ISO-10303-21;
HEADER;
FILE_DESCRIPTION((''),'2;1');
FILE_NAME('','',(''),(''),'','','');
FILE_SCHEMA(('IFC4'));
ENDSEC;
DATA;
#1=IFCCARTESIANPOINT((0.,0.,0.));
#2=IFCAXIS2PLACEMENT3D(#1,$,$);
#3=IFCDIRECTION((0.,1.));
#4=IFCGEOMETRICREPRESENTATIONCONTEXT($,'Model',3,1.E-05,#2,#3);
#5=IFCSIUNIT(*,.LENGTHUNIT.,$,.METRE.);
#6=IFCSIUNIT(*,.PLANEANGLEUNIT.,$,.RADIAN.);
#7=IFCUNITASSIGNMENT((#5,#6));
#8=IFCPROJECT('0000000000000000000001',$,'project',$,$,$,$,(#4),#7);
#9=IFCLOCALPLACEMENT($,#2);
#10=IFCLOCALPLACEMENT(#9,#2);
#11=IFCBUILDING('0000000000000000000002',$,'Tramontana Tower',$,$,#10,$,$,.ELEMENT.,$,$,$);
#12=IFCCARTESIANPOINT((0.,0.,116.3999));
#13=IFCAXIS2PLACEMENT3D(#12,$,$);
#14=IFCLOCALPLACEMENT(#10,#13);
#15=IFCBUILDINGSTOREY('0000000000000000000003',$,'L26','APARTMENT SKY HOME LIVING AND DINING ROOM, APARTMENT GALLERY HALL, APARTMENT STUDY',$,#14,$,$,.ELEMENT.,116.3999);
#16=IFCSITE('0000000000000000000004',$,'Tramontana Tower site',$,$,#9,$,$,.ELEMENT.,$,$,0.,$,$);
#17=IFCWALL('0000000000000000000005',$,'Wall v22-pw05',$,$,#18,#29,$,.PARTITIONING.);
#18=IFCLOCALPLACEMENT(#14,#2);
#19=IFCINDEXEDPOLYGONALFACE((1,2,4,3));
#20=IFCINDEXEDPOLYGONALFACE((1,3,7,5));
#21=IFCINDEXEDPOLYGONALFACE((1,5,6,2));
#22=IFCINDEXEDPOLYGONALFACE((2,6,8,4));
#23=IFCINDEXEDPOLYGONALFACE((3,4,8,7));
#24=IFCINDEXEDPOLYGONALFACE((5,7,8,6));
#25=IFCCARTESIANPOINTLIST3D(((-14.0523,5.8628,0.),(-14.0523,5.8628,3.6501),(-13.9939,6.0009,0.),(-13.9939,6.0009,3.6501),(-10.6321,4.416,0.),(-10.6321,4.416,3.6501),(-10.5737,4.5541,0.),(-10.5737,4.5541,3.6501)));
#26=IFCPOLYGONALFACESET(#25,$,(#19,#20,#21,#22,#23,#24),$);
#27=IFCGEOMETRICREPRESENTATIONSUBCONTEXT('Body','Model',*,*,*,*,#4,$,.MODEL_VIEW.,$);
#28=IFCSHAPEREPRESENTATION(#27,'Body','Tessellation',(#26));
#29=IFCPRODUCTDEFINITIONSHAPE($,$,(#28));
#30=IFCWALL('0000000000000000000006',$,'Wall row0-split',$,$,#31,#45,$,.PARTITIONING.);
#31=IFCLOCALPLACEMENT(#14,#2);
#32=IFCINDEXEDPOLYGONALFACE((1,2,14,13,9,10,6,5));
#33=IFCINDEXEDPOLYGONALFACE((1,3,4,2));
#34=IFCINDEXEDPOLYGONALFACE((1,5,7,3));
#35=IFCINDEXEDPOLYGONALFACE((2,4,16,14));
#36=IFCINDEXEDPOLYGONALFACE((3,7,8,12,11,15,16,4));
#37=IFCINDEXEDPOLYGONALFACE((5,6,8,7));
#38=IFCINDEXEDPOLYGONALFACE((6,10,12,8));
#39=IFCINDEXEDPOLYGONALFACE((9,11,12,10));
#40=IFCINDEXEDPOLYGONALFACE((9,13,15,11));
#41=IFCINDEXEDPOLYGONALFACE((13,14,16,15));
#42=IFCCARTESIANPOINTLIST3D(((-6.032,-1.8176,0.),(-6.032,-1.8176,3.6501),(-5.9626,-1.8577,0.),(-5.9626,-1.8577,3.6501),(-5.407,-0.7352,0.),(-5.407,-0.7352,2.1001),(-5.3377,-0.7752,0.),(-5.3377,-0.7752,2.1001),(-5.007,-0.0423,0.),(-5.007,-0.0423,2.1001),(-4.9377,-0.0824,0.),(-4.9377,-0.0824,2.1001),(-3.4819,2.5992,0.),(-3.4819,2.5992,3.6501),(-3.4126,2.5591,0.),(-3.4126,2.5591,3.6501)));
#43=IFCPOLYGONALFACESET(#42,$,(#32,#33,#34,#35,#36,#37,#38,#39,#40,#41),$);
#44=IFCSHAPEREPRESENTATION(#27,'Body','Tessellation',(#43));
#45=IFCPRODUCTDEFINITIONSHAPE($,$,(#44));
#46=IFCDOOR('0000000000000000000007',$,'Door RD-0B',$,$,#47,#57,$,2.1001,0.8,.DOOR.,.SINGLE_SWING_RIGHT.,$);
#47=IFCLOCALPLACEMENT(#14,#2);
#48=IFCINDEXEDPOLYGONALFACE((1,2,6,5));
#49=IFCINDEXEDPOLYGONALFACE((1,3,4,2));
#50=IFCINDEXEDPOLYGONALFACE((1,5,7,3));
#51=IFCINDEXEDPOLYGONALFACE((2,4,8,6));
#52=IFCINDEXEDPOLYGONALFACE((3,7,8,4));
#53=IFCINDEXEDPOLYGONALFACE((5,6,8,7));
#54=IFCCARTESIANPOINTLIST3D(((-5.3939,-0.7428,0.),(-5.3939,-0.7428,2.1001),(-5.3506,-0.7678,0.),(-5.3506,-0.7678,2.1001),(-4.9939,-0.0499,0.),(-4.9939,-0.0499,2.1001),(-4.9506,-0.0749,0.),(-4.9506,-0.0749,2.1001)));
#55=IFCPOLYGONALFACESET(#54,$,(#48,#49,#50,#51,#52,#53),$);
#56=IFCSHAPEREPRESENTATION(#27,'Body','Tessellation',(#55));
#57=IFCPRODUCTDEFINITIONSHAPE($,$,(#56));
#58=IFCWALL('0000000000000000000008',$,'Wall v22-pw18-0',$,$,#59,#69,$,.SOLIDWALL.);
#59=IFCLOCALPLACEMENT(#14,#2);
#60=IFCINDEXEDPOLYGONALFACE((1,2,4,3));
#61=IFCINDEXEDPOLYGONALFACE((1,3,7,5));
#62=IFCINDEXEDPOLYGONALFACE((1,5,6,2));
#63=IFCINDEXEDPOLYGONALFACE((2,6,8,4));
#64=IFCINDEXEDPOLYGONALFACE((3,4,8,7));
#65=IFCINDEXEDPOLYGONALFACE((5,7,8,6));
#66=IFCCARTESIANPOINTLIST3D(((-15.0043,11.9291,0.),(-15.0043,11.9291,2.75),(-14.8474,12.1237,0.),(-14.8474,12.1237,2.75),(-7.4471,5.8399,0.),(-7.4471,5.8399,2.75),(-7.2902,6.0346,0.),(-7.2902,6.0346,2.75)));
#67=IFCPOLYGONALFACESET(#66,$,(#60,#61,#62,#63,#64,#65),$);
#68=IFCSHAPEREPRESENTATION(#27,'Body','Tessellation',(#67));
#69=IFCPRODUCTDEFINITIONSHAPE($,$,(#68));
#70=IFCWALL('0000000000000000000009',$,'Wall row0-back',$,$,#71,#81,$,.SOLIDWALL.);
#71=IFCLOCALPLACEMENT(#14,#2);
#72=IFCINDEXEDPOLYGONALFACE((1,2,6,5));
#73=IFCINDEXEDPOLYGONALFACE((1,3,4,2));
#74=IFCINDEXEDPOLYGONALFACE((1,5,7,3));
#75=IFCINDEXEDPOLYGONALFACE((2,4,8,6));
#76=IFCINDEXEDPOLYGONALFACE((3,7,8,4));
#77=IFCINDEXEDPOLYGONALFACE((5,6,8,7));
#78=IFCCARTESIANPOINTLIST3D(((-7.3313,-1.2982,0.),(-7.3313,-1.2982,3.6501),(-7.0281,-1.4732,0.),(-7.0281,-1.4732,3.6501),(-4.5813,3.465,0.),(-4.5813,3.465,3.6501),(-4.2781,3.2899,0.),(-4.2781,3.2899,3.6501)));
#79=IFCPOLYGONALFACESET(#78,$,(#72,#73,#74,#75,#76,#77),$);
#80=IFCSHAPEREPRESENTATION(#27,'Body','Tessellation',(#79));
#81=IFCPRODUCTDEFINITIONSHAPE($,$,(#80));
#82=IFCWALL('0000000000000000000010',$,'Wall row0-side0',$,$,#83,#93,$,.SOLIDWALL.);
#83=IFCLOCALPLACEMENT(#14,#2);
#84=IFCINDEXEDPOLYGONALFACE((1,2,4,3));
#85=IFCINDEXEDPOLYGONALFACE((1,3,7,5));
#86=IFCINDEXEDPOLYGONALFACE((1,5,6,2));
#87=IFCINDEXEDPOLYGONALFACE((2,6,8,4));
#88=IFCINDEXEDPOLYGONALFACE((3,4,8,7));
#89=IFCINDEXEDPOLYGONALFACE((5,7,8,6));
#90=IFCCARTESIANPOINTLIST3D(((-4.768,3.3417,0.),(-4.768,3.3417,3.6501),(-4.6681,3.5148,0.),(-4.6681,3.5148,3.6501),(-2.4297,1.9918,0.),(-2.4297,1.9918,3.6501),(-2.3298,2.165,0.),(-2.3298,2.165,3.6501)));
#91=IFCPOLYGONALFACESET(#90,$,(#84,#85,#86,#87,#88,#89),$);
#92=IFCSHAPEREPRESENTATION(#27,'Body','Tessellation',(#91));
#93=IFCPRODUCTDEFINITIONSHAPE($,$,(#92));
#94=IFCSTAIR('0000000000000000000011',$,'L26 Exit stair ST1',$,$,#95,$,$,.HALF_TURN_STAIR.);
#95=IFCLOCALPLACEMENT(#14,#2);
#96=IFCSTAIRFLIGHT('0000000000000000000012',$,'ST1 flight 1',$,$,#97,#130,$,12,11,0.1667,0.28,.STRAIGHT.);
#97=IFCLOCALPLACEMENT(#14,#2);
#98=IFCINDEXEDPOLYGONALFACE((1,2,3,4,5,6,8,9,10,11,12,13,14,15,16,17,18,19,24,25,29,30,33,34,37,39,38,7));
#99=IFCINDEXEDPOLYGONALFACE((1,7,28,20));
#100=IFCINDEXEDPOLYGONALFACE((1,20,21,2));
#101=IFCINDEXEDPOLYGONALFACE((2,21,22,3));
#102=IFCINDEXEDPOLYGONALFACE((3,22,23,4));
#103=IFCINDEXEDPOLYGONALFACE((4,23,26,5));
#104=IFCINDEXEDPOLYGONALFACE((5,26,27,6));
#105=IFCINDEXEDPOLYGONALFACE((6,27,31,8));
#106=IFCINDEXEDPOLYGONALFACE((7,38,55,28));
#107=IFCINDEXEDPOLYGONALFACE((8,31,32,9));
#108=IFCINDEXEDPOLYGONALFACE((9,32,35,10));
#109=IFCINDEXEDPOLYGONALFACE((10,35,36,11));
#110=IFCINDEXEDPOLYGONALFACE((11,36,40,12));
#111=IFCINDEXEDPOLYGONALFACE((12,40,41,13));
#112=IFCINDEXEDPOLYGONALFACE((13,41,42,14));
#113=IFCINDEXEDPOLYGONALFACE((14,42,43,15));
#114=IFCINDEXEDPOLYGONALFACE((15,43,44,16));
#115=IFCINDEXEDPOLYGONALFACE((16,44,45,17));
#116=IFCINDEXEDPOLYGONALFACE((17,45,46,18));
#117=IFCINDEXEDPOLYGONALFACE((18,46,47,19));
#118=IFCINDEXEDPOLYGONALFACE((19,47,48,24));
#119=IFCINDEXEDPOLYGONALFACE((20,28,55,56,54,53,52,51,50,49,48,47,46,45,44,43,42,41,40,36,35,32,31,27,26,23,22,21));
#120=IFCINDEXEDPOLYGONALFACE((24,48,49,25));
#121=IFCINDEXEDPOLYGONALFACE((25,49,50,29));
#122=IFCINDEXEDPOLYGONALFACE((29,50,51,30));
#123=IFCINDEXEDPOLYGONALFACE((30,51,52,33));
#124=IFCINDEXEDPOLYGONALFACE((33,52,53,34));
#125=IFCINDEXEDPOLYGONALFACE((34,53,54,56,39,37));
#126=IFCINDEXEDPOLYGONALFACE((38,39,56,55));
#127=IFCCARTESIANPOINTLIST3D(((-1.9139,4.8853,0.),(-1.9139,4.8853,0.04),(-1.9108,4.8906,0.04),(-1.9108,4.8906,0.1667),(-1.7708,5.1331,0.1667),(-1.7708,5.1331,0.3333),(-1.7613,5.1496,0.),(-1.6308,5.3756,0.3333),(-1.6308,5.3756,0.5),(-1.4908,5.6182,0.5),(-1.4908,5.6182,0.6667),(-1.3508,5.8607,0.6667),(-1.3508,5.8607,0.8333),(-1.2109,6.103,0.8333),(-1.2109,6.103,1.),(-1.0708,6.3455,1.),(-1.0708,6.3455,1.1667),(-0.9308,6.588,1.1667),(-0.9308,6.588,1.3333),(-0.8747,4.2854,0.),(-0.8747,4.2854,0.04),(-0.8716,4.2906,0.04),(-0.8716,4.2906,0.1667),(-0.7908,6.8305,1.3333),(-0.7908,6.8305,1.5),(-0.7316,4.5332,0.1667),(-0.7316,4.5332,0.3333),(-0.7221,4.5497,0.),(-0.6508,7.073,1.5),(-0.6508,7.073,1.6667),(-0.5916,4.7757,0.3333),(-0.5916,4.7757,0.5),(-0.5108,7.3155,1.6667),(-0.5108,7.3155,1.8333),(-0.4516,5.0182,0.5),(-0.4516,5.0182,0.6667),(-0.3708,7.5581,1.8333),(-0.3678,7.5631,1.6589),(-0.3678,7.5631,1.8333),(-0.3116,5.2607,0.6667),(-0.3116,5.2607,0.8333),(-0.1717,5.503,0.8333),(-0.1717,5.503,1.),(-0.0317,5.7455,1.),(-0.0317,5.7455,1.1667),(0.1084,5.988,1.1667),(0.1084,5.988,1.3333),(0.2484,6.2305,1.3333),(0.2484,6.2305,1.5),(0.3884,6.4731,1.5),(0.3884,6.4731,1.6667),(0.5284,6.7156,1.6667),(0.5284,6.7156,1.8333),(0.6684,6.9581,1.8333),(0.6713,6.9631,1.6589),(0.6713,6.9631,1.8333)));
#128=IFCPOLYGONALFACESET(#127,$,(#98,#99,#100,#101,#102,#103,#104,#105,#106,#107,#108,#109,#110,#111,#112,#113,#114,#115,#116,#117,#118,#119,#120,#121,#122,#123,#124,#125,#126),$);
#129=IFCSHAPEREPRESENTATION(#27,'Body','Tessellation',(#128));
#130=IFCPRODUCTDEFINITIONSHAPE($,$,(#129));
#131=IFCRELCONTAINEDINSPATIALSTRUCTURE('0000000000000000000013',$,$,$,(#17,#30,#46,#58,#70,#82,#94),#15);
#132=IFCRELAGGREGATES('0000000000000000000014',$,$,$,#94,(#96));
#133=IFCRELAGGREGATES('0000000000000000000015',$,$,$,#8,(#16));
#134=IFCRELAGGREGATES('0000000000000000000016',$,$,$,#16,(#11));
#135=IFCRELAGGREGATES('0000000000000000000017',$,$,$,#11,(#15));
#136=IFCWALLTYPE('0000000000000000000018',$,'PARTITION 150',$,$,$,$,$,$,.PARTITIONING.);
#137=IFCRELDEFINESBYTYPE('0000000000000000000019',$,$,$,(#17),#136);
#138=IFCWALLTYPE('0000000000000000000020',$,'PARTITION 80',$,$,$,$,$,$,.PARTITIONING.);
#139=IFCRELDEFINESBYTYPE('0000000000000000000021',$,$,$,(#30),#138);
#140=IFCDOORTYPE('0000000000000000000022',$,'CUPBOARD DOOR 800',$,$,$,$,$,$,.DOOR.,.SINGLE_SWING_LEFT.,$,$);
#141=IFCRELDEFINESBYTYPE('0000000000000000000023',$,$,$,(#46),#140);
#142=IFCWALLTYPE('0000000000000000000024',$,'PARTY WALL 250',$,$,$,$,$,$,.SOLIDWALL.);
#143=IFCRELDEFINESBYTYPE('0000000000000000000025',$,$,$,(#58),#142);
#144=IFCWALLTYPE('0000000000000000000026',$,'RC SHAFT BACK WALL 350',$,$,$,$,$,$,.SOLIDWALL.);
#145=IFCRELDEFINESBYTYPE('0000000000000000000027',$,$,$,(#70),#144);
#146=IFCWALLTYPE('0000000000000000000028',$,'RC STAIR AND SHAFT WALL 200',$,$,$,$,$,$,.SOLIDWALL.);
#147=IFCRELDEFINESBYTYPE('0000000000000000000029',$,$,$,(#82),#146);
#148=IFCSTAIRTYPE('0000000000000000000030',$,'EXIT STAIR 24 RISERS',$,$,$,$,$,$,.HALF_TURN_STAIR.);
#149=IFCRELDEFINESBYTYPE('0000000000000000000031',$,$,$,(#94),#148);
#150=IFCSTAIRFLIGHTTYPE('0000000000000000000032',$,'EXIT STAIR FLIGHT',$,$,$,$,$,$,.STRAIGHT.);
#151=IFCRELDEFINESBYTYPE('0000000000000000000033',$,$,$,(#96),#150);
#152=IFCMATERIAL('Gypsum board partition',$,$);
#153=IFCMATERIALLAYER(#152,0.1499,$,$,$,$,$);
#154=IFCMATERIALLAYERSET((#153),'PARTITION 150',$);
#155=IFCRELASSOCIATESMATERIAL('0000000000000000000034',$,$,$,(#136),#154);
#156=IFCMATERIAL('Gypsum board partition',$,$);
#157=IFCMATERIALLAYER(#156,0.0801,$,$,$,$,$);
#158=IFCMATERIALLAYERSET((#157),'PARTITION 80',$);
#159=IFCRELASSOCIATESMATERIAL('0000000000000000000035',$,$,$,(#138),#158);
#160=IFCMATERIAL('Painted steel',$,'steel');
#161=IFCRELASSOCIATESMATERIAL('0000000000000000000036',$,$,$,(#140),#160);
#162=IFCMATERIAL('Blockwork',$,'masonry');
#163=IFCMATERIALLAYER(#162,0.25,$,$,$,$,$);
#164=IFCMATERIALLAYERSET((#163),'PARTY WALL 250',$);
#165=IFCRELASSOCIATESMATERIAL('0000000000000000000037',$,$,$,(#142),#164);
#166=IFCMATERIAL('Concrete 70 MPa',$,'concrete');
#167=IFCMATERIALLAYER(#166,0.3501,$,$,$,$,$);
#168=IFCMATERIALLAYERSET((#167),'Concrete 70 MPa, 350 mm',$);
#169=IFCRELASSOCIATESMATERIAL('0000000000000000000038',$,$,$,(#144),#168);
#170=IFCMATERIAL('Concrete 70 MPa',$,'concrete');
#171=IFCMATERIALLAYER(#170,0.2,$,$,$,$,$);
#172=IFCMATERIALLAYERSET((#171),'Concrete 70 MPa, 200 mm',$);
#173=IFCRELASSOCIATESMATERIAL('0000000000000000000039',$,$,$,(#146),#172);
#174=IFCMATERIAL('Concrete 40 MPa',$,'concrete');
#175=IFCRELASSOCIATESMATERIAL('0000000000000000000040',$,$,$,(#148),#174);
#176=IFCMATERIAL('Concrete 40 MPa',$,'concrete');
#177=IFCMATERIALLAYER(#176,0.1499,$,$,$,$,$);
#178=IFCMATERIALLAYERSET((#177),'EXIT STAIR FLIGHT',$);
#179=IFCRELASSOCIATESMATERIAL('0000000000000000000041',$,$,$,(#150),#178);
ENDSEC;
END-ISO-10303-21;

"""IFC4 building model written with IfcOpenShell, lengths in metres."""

from ifc_helpers import new_model, si_unit, direction, frame, frame_2d, origin, place, context, subcontext, project, spatial, polyline, rectangle, outline, extrude, material, layer, layer_set, type_object, element, fill, aggregate, save


model = new_model("IFC4")

# Units and contexts
model_context = context("Model", 3, precision=1e-05, world=origin(), true_north=direction((0.0, 1.0)))
body_context = subcontext(model_context, "Body", "Model", "MODEL_VIEW")
ifc_project = project(units=[si_unit("LENGTHUNIT", "METRE"), si_unit("PLANEANGLEUNIT", "RADIAN")], contexts=[model_context])

# Site, building, storey
site_placement = place(None, origin())
site = spatial("IfcSite", under=ifc_project, at=site_placement, Name="Tramontana Tower site", CompositionType="ELEMENT", RefElevation=0.0)
building_placement = place(site_placement, origin())
building = spatial("IfcBuilding", under=site, at=building_placement, Name="Tramontana Tower", CompositionType="ELEMENT")
storey_placement = place(building_placement, frame((0.0, 0.0, 116.3999)))
storey = spatial("IfcBuildingStorey", under=building, at=storey_placement, Name="L26", Description="APARTMENT SKY HOME LIVING AND DINING ROOM, APARTMENT GALLERY HALL, APARTMENT STUDY", CompositionType="ELEMENT", Elevation=116.3999)

# Shared definitions
ifc_material_1 = material(Name="Gypsum board partition")
ifc_layer_1 = layer(ifc_material_1, 0.1499)
ifc_layer_set_1 = layer_set([ifc_layer_1], Name="PARTITION 150")
wall_type_1 = type_object("IfcWallType", Name="PARTITION 150", PredefinedType="PARTITIONING", material=ifc_layer_set_1)

# Wall
wall_1_placement = place(storey_placement, frame((-14.0232, 5.9319, 0.0), z_axis=(0.0, 0.0, 1.0), x_axis=(0.920988, -0.389591, 0.0)))
element("IfcWall", 1, at=wall_1_placement, inside=storey, type_object=wall_type_1, Name="Wall v22-pw05", PredefinedType="PARTITIONING", context=body_context, shape_type="SweptSolid", body=[
    extrude(rectangle(XDim=3.7136, YDim=0.1499, at=frame_2d((1.8569, 0.0))), origin(), (0.0, 0.0, 1.0), 3.6501),
])

# Wall, opening, door
ifc_material_2 = material(Name="Gypsum board partition")
ifc_layer_2 = layer(ifc_material_2, 0.0801)
ifc_layer_set_2 = layer_set([ifc_layer_2], Name="PARTITION 80")
wall_type_2 = type_object("IfcWallType", Name="PARTITION 80", PredefinedType="PARTITIONING", material=ifc_layer_set_2)
wall_2_placement = place(storey_placement, frame((-5.9973, -1.8376, 0.0), z_axis=(0.0, 0.0, 1.0), x_axis=(0.500006, 0.866022, 0.0)))
wall_2 = element("IfcWall", 2, at=wall_2_placement, inside=storey, type_object=wall_type_2, Name="Wall row0-split", PredefinedType="PARTITIONING", context=body_context, shape_type="SweptSolid", body=[
    extrude(rectangle(XDim=5.1001, YDim=0.0801, at=frame_2d((2.55, 0.0))), origin(), (0.0, 0.0, 1.0), 3.6501),
])
opening_1_placement = place(wall_2_placement, frame((1.25, 0.0, 0.0)))
opening_1 = element("IfcOpeningElement", 3, at=opening_1_placement, cuts=wall_2, PredefinedType="OPENING", context=body_context, shape_type="SweptSolid", body=[
    extrude(rectangle(XDim=0.8, YDim=2.1001, at=frame_2d((0.3999, 1.05))), frame((0.0, 0.05, 0.0), z_axis=(0.0, -1.0, 0.0), x_axis=(1.0, 0.0, 0.0)), (0.0, 0.0, 1.0), 0.1001),
])
ifc_material_3 = material(Name="Painted steel", Category="steel")
door_type_1 = type_object("IfcDoorType", Name="CUPBOARD DOOR 800", OperationType="SINGLE_SWING_LEFT", PredefinedType="DOOR", material=ifc_material_3)
door_1_placement = place(opening_1_placement, origin())
door_1 = element("IfcDoor", 4, at=door_1_placement, inside=storey, type_object=door_type_1, Name="Door RD-0B", OperationType="SINGLE_SWING_RIGHT", OverallHeight=2.1001, OverallWidth=0.8, PredefinedType="DOOR", context=body_context, shape_type="SweptSolid", body=[
    extrude(rectangle(XDim=0.8, YDim=2.1001, at=frame_2d((0.3999, 1.05))), frame((0.0, 0.0249, 0.0), z_axis=(0.0, -1.0, 0.0), x_axis=(1.0, 0.0, 0.0)), (0.0, 0.0, 1.0), 0.05),
])
fill(opening_1, door_1)

# Walls
ifc_material_4 = material(Name="Blockwork", Category="masonry")
ifc_layer_3 = layer(ifc_material_4, 0.25)
ifc_layer_set_3 = layer_set([ifc_layer_3], Name="PARTY WALL 250")
wall_type_3 = type_object("IfcWallType", Name="PARTY WALL 250", PredefinedType="SOLIDWALL", material=ifc_layer_set_3)
wall_3_placement = place(storey_placement, frame((-7.3687, 5.9373, 0.0), z_axis=(0.0, 0.0, 1.0), x_axis=(-0.778682, 0.627419, 0.0)))
element("IfcWall", 5, at=wall_3_placement, inside=storey, type_object=wall_type_3, Name="Wall v22-pw18-0", PredefinedType="SOLIDWALL", context=body_context, shape_type="SweptSolid", body=[
    extrude(rectangle(XDim=9.7051, YDim=0.25, at=frame_2d((4.8525, 0.0))), origin(), (0.0, 0.0, 1.0), 2.75),
])
ifc_material_5 = material(Name="Concrete 70 MPa", Category="concrete")
ifc_layer_4 = layer(ifc_material_5, 0.3501)
ifc_layer_set_4 = layer_set([ifc_layer_4], Name="Concrete 70 MPa, 350 mm")
wall_type_4 = type_object("IfcWallType", Name="RC SHAFT BACK WALL 350", PredefinedType="SOLIDWALL", material=ifc_layer_set_4)
wall_4_placement = place(storey_placement, frame((-4.4297, 3.3774, 0.0), z_axis=(0.0, 0.0, 1.0), x_axis=(-0.499997, -0.866027, 0.0)))
element("IfcWall", 6, at=wall_4_placement, inside=storey, type_object=wall_type_4, Name="Wall row0-back", PredefinedType="SOLIDWALL", context=body_context, shape_type="SweptSolid", body=[
    extrude(rectangle(XDim=5.5, YDim=0.3501, at=frame_2d((2.75, 0.0))), origin(), (0.0, 0.0, 1.0), 3.6501),
])

# Shared definitions
ifc_material_6 = material(Name="Concrete 70 MPa", Category="concrete")
ifc_layer_5 = layer(ifc_material_6, 0.2)
ifc_layer_set_5 = layer_set([ifc_layer_5], Name="Concrete 70 MPa, 200 mm")
wall_type_5 = type_object("IfcWallType", Name="RC STAIR AND SHAFT WALL 200", PredefinedType="SOLIDWALL", material=ifc_layer_set_5)

# Wall
wall_5_placement = place(storey_placement, frame((-2.3796, 2.0784, 0.0), z_axis=(0.0, 0.0, 1.0), x_axis=(-0.866059, 0.499942, 0.0)))
element("IfcWall", 7, at=wall_5_placement, inside=storey, type_object=wall_type_5, Name="Wall row0-side0", PredefinedType="SOLIDWALL", context=body_context, shape_type="SweptSolid", body=[
    extrude(rectangle(XDim=2.7, YDim=0.2, at=frame_2d((1.3501, 0.0))), origin(), (0.0, 0.0, 1.0), 3.6501),
])

# Stair, stair flight
ifc_material_7 = material(Name="Concrete 40 MPa", Category="concrete")
stair_type = type_object("IfcStairType", Name="EXIT STAIR 24 RISERS", PredefinedType="HALF_TURN_STAIR", material=ifc_material_7)
stair_placement = place(storey_placement, origin())
stair = element("IfcStair", 8, at=stair_placement, inside=storey, type_object=stair_type, Name="L26 Exit stair ST1", PredefinedType="HALF_TURN_STAIR")
ifc_material_8 = material(Name="Concrete 40 MPa", Category="concrete")
ifc_layer_6 = layer(ifc_material_8, 0.1499)
ifc_layer_set_6 = layer_set([ifc_layer_6], Name="EXIT STAIR FLIGHT")
stair_flight_type = type_object("IfcStairFlightType", Name="EXIT STAIR FLIGHT", PredefinedType="STRAIGHT", material=ifc_layer_set_6)
stair_flight_placement = place(storey_placement, frame((-1.3911, 4.5906, 0.0), z_axis=(0.0, 0.0, 1.0), x_axis=(0.5, 0.866025, 0.0)))
stair_flight = element("IfcStairFlight", 9, at=stair_flight_placement, type_object=stair_flight_type, Name="ST1 flight 1", NumberOfRisers=12, NumberOfTreads=11, PredefinedType="STRAIGHT", RiserHeight=0.1667, TreadLength=0.28, context=body_context, shape_type="SweptSolid", body=[
    extrude(outline(polyline([(-0.0061, 0.0), (-0.0061, 0.04), (0.0, 0.04), (0.0, 0.1667), (0.28, 0.1667), (0.28, 0.3333), (0.5601, 0.3333), (0.5601, 0.5), (0.8401, 0.5), (0.8401, 0.6667), (1.1201, 0.6667), (1.1201, 0.8333), (1.3999, 0.8333), (1.3999, 1.0), (1.6799, 1.0), (1.6799, 1.1667), (1.96, 1.1667), (1.96, 1.3333), (2.24, 1.3333), (2.24, 1.5), (2.52, 1.5), (2.52, 1.6667), (2.8, 1.6667), (2.8, 1.8333), (3.0801, 1.8333), (3.0859, 1.8333), (3.0859, 1.6589), (0.2991, 0.0), (-0.0061, 0.0)])), frame((0.0, 0.6001, 0.0), z_axis=(0.0, -1.0, 0.0), x_axis=(1.0, 0.0, 0.0)), (0.0, 0.0, 1.0), 1.2),
])
aggregate(stair, [stair_flight])

save(model, "model.ifc")
